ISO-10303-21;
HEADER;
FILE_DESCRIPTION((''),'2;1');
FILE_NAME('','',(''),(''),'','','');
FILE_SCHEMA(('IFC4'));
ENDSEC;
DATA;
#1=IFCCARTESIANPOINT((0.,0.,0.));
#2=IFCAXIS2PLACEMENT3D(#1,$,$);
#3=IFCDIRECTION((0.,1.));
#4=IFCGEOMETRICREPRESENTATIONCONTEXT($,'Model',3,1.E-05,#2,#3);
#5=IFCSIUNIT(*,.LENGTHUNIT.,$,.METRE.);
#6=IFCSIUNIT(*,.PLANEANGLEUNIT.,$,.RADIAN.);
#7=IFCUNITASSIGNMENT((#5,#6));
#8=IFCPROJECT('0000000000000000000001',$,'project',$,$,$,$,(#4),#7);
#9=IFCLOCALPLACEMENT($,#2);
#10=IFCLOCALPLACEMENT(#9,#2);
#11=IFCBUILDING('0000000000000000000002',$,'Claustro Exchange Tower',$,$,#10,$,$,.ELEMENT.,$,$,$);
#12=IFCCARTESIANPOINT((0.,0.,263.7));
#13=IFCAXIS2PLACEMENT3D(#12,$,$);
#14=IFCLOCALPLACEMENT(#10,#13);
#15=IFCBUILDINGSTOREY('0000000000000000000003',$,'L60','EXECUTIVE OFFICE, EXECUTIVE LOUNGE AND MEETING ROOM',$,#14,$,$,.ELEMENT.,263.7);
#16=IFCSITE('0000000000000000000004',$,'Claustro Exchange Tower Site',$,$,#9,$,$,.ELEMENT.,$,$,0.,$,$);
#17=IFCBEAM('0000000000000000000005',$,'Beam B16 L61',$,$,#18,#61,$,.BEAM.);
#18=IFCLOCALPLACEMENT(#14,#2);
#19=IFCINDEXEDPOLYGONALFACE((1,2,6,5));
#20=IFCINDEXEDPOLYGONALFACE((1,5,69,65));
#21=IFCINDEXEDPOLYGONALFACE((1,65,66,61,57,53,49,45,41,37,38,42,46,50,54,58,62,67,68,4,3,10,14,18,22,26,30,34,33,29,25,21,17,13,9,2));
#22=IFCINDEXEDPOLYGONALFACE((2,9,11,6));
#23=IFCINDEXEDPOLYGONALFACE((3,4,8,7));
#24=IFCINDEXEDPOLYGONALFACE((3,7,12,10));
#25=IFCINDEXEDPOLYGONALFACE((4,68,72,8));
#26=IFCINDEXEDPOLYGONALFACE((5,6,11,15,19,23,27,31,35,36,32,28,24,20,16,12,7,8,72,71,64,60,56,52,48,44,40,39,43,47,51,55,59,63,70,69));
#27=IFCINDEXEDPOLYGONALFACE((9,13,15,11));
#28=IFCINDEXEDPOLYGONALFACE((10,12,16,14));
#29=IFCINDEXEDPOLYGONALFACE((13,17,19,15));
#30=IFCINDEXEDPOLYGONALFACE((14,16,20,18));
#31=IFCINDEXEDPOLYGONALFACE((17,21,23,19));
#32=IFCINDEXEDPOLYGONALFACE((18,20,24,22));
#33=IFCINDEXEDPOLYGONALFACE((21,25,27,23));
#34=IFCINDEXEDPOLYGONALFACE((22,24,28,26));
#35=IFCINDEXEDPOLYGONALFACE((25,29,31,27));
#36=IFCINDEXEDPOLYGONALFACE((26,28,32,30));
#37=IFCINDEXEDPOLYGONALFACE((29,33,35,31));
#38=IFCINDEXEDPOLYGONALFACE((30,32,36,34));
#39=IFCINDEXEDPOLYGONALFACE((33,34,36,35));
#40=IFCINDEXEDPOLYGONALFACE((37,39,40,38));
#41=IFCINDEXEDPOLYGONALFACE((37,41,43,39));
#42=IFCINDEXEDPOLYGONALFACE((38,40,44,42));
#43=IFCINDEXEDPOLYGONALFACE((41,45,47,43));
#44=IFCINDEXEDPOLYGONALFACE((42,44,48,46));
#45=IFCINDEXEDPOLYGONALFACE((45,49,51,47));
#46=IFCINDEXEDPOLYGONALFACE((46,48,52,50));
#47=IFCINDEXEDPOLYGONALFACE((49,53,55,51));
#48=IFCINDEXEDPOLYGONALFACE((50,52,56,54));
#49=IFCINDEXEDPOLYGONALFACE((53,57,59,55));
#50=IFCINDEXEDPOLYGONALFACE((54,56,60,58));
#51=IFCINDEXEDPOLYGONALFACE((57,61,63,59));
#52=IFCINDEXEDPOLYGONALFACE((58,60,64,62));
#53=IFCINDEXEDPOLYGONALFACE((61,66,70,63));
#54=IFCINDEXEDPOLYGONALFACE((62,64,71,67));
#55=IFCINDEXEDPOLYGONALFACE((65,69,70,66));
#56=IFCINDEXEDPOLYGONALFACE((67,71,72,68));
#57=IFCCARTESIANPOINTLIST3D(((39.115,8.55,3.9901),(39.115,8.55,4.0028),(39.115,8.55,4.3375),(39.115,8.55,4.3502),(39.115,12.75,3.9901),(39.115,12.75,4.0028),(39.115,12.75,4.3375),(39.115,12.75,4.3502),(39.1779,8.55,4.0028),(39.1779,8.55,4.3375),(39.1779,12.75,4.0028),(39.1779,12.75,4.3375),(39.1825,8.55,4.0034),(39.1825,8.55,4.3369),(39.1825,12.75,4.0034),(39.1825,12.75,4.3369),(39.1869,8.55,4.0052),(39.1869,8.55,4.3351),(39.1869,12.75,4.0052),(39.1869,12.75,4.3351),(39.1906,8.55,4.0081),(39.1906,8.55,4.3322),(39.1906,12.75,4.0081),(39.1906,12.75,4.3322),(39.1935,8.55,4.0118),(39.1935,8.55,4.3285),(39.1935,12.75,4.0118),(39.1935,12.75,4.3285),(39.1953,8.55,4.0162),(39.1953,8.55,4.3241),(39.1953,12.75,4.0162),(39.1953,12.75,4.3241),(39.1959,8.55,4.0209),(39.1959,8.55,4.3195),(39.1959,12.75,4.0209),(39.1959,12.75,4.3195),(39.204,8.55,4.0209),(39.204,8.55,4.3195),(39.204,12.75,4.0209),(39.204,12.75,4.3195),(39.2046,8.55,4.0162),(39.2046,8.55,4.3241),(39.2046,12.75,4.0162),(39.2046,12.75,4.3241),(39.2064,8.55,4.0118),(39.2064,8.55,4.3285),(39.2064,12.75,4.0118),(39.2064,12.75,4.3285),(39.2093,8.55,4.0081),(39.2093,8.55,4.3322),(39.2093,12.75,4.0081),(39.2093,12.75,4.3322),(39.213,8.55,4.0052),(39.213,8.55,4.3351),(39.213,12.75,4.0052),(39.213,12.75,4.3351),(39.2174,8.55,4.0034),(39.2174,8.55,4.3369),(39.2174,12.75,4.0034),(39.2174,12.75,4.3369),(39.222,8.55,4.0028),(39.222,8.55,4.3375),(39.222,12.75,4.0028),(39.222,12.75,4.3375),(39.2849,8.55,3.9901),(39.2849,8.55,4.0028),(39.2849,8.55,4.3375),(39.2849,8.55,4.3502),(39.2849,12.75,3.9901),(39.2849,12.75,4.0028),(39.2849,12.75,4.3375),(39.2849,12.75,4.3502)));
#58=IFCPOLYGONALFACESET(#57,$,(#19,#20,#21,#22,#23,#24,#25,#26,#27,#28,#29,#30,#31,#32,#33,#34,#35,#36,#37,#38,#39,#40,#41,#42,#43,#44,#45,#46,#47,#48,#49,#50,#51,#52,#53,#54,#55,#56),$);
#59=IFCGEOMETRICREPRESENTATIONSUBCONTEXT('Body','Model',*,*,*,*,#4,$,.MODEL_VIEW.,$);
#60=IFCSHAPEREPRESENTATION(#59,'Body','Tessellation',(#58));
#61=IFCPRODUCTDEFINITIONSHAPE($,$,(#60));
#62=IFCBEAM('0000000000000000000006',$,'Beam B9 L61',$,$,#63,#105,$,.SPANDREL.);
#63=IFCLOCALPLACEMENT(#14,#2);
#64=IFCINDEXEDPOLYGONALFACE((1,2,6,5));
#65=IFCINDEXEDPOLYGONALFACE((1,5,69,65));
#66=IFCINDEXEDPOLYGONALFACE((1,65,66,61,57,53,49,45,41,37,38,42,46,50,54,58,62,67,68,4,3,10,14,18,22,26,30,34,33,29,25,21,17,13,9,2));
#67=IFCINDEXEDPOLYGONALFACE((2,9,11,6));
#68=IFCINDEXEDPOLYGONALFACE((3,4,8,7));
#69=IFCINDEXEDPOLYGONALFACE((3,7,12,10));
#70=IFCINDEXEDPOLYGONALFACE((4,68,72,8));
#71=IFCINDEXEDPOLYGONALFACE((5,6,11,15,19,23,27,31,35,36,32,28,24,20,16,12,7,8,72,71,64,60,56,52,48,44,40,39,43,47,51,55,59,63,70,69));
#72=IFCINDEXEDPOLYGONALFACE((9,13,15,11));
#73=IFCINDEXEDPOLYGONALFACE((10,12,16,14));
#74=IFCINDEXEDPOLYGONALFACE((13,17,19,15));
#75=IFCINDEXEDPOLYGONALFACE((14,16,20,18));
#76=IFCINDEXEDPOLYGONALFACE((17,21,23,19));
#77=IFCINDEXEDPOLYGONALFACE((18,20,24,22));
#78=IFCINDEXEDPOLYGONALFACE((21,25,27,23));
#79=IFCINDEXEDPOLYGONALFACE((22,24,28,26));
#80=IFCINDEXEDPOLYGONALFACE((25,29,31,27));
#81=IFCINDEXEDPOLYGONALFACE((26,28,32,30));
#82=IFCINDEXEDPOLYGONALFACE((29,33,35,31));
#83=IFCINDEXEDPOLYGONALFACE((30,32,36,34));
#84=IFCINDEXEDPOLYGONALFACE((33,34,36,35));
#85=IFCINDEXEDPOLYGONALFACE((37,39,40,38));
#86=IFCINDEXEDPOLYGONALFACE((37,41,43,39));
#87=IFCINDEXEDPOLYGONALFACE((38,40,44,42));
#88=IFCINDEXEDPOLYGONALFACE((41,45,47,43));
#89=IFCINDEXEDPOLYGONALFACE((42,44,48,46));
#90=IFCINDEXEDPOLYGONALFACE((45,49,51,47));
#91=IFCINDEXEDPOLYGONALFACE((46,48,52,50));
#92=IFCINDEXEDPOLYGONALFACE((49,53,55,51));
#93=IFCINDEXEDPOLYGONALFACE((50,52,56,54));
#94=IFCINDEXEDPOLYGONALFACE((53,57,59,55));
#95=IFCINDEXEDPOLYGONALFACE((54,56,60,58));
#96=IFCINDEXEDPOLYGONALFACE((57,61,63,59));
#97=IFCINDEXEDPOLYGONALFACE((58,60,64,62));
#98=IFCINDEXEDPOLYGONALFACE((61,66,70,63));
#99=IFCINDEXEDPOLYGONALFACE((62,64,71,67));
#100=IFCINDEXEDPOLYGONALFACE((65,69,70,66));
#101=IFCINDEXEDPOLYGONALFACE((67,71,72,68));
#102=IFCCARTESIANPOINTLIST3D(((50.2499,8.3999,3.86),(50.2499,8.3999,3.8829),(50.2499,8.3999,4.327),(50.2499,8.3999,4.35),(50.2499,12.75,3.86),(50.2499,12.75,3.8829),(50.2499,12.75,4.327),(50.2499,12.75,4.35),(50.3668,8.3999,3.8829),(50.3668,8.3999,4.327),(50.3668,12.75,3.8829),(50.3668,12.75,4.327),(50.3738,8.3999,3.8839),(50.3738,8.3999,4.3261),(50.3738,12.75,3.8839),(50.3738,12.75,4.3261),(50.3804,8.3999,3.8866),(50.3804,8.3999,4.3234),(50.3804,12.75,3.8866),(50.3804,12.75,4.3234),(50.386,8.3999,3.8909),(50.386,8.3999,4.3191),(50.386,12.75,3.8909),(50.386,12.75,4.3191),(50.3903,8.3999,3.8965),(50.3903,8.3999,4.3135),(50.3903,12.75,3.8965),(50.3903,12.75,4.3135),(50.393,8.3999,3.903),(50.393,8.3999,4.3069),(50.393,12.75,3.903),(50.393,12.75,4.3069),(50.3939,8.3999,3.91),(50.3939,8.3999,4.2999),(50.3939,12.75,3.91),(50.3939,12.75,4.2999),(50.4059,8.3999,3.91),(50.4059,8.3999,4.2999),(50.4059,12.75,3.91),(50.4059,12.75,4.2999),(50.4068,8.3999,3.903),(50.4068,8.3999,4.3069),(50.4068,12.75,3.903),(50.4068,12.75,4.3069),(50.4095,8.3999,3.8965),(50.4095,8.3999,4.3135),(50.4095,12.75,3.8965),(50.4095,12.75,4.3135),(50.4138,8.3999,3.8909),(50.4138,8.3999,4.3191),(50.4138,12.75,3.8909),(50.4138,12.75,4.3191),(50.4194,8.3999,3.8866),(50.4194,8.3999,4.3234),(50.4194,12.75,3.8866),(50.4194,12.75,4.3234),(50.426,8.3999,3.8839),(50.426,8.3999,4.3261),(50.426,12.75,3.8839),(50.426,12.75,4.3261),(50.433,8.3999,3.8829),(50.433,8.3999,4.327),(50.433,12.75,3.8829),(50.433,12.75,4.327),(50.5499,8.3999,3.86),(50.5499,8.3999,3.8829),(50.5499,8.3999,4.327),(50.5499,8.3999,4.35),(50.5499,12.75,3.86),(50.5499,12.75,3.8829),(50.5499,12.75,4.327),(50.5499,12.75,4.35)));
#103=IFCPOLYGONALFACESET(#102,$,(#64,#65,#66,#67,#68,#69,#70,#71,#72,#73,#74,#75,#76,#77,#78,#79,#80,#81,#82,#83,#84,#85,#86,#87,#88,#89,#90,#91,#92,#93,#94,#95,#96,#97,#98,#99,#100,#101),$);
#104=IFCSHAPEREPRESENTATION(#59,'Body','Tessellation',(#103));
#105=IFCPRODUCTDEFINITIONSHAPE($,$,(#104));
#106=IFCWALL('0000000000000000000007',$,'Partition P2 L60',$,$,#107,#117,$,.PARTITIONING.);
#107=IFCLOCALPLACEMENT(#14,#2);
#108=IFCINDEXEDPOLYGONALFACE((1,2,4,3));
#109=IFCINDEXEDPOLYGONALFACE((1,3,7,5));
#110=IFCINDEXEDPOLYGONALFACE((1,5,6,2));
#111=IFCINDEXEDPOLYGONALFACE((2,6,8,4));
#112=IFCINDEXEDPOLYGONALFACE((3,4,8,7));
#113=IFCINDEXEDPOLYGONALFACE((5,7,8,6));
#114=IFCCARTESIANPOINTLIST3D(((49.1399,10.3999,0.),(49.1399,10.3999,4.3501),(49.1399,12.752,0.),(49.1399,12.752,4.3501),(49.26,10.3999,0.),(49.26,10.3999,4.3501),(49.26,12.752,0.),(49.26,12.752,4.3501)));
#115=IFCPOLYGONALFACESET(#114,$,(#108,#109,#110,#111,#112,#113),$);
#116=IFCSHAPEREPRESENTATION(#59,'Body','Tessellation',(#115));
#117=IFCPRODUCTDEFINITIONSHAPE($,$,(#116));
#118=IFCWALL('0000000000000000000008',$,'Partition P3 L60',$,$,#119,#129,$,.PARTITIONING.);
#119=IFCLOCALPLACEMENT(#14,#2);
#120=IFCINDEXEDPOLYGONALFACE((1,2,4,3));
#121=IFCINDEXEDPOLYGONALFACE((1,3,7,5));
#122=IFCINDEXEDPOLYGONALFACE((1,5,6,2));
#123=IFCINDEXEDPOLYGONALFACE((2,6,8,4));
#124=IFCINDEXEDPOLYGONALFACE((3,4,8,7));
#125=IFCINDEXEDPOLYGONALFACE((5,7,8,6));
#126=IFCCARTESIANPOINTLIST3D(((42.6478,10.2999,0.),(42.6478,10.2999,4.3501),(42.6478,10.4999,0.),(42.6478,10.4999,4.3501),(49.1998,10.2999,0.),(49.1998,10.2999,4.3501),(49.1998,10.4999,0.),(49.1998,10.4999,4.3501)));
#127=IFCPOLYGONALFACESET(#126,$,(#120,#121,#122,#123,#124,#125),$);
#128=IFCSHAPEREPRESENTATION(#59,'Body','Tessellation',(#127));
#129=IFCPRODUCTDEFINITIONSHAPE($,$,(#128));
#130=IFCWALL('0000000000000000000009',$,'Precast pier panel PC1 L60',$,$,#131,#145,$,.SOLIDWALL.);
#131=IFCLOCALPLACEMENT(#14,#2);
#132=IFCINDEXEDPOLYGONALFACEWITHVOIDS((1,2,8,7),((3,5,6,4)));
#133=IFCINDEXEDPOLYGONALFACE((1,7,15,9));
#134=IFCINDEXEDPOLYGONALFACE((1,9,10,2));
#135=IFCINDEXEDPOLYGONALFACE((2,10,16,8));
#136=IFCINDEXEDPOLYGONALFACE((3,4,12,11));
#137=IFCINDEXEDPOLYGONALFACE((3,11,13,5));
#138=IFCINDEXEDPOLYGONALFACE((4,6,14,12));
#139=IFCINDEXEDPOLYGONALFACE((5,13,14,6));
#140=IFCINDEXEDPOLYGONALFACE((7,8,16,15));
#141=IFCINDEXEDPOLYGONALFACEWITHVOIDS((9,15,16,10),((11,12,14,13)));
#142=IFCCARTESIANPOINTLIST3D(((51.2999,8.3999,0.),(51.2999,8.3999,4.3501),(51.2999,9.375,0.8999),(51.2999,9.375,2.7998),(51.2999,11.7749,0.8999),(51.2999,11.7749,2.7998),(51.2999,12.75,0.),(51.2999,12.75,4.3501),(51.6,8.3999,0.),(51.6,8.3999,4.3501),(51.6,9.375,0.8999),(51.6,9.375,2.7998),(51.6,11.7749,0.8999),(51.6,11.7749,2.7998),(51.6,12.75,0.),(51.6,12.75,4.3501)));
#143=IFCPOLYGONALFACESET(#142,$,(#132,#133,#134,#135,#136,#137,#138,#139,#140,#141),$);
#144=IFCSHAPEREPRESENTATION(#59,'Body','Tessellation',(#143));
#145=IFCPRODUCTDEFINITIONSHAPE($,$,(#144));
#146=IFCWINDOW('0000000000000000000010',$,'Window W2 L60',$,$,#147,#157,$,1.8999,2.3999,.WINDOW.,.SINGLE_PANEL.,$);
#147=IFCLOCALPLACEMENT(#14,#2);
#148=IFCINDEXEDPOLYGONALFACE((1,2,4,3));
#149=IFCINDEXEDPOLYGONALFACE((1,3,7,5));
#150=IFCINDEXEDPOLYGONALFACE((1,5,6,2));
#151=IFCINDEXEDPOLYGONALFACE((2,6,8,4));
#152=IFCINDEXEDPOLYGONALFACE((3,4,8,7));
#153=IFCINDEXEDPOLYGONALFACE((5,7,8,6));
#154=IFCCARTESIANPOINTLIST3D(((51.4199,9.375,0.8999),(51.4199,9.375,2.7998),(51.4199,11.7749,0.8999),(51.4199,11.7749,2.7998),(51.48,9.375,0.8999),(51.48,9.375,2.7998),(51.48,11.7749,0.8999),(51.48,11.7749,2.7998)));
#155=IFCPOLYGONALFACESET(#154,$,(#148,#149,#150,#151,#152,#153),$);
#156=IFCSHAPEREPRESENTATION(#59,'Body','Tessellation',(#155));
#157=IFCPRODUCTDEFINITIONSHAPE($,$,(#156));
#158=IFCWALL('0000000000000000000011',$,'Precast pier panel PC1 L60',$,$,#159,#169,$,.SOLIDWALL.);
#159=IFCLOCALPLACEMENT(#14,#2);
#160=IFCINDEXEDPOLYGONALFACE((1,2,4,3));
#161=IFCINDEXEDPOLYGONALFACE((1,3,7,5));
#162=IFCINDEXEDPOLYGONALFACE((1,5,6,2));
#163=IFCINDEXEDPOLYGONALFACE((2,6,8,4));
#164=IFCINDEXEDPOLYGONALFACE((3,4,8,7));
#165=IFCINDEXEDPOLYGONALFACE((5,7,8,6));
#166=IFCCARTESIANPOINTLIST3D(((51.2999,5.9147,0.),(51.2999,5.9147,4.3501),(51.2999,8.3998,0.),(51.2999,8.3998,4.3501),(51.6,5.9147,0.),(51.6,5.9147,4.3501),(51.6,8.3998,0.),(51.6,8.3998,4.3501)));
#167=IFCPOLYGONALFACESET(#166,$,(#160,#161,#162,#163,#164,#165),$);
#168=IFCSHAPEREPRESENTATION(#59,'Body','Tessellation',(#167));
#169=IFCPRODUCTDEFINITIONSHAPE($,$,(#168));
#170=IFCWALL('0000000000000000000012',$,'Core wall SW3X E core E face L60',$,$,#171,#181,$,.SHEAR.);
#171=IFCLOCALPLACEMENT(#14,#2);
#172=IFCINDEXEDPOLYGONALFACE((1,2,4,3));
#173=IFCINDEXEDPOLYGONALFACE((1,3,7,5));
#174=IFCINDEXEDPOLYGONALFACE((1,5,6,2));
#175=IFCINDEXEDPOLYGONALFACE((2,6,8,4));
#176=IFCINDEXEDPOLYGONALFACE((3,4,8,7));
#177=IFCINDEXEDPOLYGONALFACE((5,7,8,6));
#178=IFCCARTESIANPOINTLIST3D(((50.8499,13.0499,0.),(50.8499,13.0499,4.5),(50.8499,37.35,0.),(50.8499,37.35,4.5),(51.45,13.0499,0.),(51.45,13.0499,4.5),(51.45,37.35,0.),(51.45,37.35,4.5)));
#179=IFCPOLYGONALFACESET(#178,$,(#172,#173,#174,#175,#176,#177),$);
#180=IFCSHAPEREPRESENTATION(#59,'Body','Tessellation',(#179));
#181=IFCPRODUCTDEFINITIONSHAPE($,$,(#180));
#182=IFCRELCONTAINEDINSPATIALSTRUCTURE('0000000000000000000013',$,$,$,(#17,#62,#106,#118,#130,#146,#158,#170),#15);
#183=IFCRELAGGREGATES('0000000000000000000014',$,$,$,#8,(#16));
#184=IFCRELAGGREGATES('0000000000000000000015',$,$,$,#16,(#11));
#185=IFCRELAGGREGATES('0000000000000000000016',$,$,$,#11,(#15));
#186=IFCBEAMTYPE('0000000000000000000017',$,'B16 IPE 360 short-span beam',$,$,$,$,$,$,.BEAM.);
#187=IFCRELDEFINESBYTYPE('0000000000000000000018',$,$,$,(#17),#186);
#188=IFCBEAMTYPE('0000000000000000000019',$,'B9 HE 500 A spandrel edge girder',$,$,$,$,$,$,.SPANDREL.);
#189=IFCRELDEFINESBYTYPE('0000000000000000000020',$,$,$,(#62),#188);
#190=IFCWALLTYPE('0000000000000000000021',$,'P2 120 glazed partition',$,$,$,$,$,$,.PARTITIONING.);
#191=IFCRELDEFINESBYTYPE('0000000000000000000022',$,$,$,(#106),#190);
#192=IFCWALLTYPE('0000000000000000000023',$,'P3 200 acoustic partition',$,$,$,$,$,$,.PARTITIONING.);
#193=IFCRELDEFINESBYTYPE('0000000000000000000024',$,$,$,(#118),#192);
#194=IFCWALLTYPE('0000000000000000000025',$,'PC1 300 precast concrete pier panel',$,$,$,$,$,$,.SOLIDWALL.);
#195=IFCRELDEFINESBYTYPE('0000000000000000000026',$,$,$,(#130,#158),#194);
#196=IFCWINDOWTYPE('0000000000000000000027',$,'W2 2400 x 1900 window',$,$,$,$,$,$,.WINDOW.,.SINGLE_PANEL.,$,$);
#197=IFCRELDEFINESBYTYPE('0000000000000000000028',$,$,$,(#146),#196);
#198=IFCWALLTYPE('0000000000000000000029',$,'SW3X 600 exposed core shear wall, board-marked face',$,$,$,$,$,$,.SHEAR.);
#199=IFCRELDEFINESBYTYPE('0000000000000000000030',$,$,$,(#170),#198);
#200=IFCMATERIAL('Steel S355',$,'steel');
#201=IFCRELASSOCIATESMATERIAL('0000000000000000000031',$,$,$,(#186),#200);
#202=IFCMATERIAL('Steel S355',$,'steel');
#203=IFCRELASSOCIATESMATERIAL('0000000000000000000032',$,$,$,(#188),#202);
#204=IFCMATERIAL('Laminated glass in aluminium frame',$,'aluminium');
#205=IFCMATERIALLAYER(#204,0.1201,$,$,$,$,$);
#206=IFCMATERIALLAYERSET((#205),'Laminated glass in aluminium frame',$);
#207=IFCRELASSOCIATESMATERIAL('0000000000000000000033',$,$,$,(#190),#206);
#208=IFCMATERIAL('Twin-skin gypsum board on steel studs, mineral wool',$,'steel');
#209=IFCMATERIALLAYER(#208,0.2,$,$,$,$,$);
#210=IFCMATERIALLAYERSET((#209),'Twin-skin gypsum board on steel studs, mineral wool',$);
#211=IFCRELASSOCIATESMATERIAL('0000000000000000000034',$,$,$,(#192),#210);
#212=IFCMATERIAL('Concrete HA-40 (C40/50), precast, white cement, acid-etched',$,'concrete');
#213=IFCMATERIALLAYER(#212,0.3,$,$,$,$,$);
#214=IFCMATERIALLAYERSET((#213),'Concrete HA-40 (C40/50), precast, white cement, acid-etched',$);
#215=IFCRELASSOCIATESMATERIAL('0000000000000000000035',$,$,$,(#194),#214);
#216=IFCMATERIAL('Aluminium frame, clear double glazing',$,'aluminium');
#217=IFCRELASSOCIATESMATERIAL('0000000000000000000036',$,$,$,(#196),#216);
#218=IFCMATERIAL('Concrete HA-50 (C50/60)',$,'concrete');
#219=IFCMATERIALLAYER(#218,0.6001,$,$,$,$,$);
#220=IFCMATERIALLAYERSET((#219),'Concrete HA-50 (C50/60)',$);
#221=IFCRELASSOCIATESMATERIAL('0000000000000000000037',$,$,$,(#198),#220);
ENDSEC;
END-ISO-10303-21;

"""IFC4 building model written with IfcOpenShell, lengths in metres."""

from ifc_helpers import new_model, si_unit, direction, frame, frame_2d, origin, origin_2d, place, context, subcontext, project, spatial, rectangle, i_section, extrude, material, layer, layer_set, material_profile, profile_set, type_object, element, fill, save


model = new_model("IFC4")

# Units and contexts
model_context = context("Model", 3, precision=1e-05, world=origin(), true_north=direction((0.0, 1.0)))
body_context = subcontext(model_context, "Body", "Model", "MODEL_VIEW")
ifc_project = project(units=[si_unit("LENGTHUNIT", "METRE"), si_unit("PLANEANGLEUNIT", "RADIAN")], contexts=[model_context])

# Site, building, storey
site_placement = place(None, origin())
site = spatial("IfcSite", under=ifc_project, at=site_placement, Name="Claustro Exchange Tower Site", CompositionType="ELEMENT", RefElevation=0.0)
building_placement = place(site_placement, origin())
building = spatial("IfcBuilding", under=site, at=building_placement, Name="Claustro Exchange Tower", CompositionType="ELEMENT")
storey_placement = place(building_placement, frame((0.0, 0.0, 263.7)))
storey = spatial("IfcBuildingStorey", under=building, at=storey_placement, Name="L60", Description="EXECUTIVE OFFICE, EXECUTIVE LOUNGE AND MEETING ROOM", CompositionType="ELEMENT", Elevation=263.7)

# Beams
ifc_material_1 = material(Name="Steel S355", Category="steel")
ifc_material_profile_1 = material_profile(ifc_material_1, i_section(OverallWidth=0.1699, OverallDepth=0.3601, WebThickness=0.0081, FlangeThickness=0.0127, FilletRadius=0.0181, at=origin_2d()), Name="IPE 360")
ifc_profile_set_1 = profile_set([ifc_material_profile_1], Name="Steel S355")
beam_type_1 = type_object("IfcBeamType", Name="B16 IPE 360 short-span beam", PredefinedType="BEAM", material=ifc_profile_set_1)
beam_1_placement = place(storey_placement, frame((39.2, 8.55, 4.1702), z_axis=(0.0, 1.0, 0.0), x_axis=(-1.0, 0.0, 0.0)))
element("IfcBeam", 1, at=beam_1_placement, inside=storey, type_object=beam_type_1, Name="Beam B16 L61", PredefinedType="BEAM", context=body_context, shape_type="SweptSolid", body=[
    extrude(i_section(OverallWidth=0.1699, OverallDepth=0.3601, WebThickness=0.0081, FlangeThickness=0.0127, FilletRadius=0.0181, at=origin_2d()), origin(), (0.0, 0.0, 1.0), 4.2),
])
ifc_material_2 = material(Name="Steel S355", Category="steel")
ifc_material_profile_2 = material_profile(ifc_material_2, i_section(OverallWidth=0.3, OverallDepth=0.49, WebThickness=0.012, FlangeThickness=0.0229, FilletRadius=0.0271, at=origin_2d()), Name="HE 500 A")
ifc_profile_set_2 = profile_set([ifc_material_profile_2], Name="Steel S355")
beam_type_2 = type_object("IfcBeamType", Name="B9 HE 500 A spandrel edge girder", PredefinedType="SPANDREL", material=ifc_profile_set_2)
beam_2_placement = place(storey_placement, frame((50.3999, 8.3999, 4.105), z_axis=(0.0, 1.0, 0.0), x_axis=(-1.0, 0.0, 0.0)))
element("IfcBeam", 2, at=beam_2_placement, inside=storey, type_object=beam_type_2, Name="Beam B9 L61", PredefinedType="SPANDREL", context=body_context, shape_type="SweptSolid", body=[
    extrude(i_section(OverallWidth=0.3, OverallDepth=0.49, WebThickness=0.012, FlangeThickness=0.0229, FilletRadius=0.0271, at=origin_2d()), origin(), (0.0, 0.0, 1.0), 4.3501),
])

# Shared definitions
ifc_material_3 = material(Name="Laminated glass in aluminium frame", Category="aluminium")
ifc_layer_1 = layer(ifc_material_3, 0.1201)
ifc_layer_set_1 = layer_set([ifc_layer_1], Name="Laminated glass in aluminium frame")
wall_type_1 = type_object("IfcWallType", Name="P2 120 glazed partition", PredefinedType="PARTITIONING", material=ifc_layer_set_1)

# Walls
wall_1_placement = place(storey_placement, frame((49.2, 10.3999, 0.0), z_axis=(0.0, 0.0, 1.0), x_axis=(0.0, 1.0, 0.0)))
element("IfcWall", 3, at=wall_1_placement, inside=storey, type_object=wall_type_1, Name="Partition P2 L60", PredefinedType="PARTITIONING", context=body_context, shape_type="SweptSolid", body=[
    extrude(rectangle(XDim=2.3521, YDim=0.1201, at=frame_2d((1.176, 0.0))), origin(), (0.0, 0.0, 1.0), 4.3501),
])
ifc_material_4 = material(Name="Twin-skin gypsum board on steel studs, mineral wool", Category="steel")
ifc_layer_2 = layer(ifc_material_4, 0.2)
ifc_layer_set_2 = layer_set([ifc_layer_2], Name="Twin-skin gypsum board on steel studs, mineral wool")
wall_type_2 = type_object("IfcWallType", Name="P3 200 acoustic partition", PredefinedType="PARTITIONING", material=ifc_layer_set_2)
wall_2_placement = place(storey_placement, frame((42.6479, 10.3999, 0.0), z_axis=(0.0, 0.0, 1.0), x_axis=(1.0, 0.0, 0.0)))
element("IfcWall", 4, at=wall_2_placement, inside=storey, type_object=wall_type_2, Name="Partition P3 L60", PredefinedType="PARTITIONING", context=body_context, shape_type="SweptSolid", body=[
    extrude(rectangle(XDim=6.552, YDim=0.2, at=frame_2d((3.2759, 0.0))), origin(), (0.0, 0.0, 1.0), 4.3501),
])

# Wall, opening, window
ifc_material_5 = material(Name="Concrete HA-40 (C40/50), precast, white cement, acid-etched", Category="concrete")
ifc_layer_3 = layer(ifc_material_5, 0.3)
ifc_layer_set_3 = layer_set([ifc_layer_3], Name="Concrete HA-40 (C40/50), precast, white cement, acid-etched")
wall_type_3 = type_object("IfcWallType", Name="PC1 300 precast concrete pier panel", PredefinedType="SOLIDWALL", material=ifc_layer_set_3)
wall_3_placement = place(storey_placement, frame((51.45, 12.75, 0.0), z_axis=(0.0, 0.0, 1.0), x_axis=(0.0, -1.0, 0.0)))
wall_3 = element("IfcWall", 5, at=wall_3_placement, inside=storey, type_object=wall_type_3, Name="Precast pier panel PC1 L60", PredefinedType="SOLIDWALL", context=body_context, shape_type="SweptSolid", body=[
    extrude(rectangle(XDim=4.3501, YDim=0.3, at=frame_2d((2.175, 0.0))), origin(), (0.0, 0.0, 1.0), 4.3501),
])
opening_1_placement = place(wall_3_placement, frame((0.9751, 0.0, 0.8999)))
opening_1 = element("IfcOpeningElement", 6, at=opening_1_placement, cuts=wall_3, PredefinedType="OPENING", context=body_context, shape_type="SweptSolid", body=[
    extrude(rectangle(XDim=2.3999, YDim=1.8999, at=frame_2d((1.2, 0.95))), frame((0.0, 0.1599, 0.0), z_axis=(0.0, -1.0, 0.0), x_axis=(1.0, 0.0, 0.0)), (0.0, 0.0, 1.0), 0.3201),
])
ifc_material_6 = material(Name="Aluminium frame, clear double glazing", Category="aluminium")
window_type = type_object("IfcWindowType", Name="W2 2400 x 1900 window", PartitioningType="SINGLE_PANEL", PredefinedType="WINDOW", material=ifc_material_6)
window_placement = place(opening_1_placement, origin())
window = element("IfcWindow", 7, at=window_placement, inside=storey, type_object=window_type, Name="Window W2 L60", OverallHeight=1.8999, OverallWidth=2.3999, PartitioningType="SINGLE_PANEL", PredefinedType="WINDOW", context=body_context, shape_type="SweptSolid", body=[
    extrude(rectangle(XDim=2.3999, YDim=1.8999, at=frame_2d((1.2, 0.95))), frame((0.0, 0.03, 0.0), z_axis=(0.0, -1.0, 0.0), x_axis=(1.0, 0.0, 0.0)), (0.0, 0.0, 1.0), 0.0601),
])
fill(opening_1, window)

# Walls
wall_4_placement = place(storey_placement, frame((51.45, 8.3999, 0.0), z_axis=(0.0, 0.0, 1.0), x_axis=(0.0, -1.0, 0.0)))
element("IfcWall", 8, at=wall_4_placement, inside=storey, type_object=wall_type_3, Name="Precast pier panel PC1 L60", PredefinedType="SOLIDWALL", context=body_context, shape_type="SweptSolid", body=[
    extrude(rectangle(XDim=2.4851, YDim=0.3, at=frame_2d((1.2427, 0.0))), origin(), (0.0, 0.0, 1.0), 4.3501),
])
ifc_material_7 = material(Name="Concrete HA-50 (C50/60)", Category="concrete")
ifc_layer_4 = layer(ifc_material_7, 0.6001)
ifc_layer_set_4 = layer_set([ifc_layer_4], Name="Concrete HA-50 (C50/60)")
wall_type_4 = type_object("IfcWallType", Name="SW3X 600 exposed core shear wall, board-marked face", PredefinedType="SHEAR", material=ifc_layer_set_4)
wall_5_placement = place(storey_placement, frame((51.1499, 13.05, 0.0), z_axis=(0.0, 0.0, 1.0), x_axis=(0.0, 1.0, 0.0)))
element("IfcWall", 9, at=wall_5_placement, inside=storey, type_object=wall_type_4, Name="Core wall SW3X E core E face L60", PredefinedType="SHEAR", context=body_context, shape_type="SweptSolid", body=[
    extrude(rectangle(XDim=24.3, YDim=0.6001, at=frame_2d((12.1499, 0.0))), origin(), (0.0, 0.0, 1.0), 4.5),
])

save(model, "model.ifc")
